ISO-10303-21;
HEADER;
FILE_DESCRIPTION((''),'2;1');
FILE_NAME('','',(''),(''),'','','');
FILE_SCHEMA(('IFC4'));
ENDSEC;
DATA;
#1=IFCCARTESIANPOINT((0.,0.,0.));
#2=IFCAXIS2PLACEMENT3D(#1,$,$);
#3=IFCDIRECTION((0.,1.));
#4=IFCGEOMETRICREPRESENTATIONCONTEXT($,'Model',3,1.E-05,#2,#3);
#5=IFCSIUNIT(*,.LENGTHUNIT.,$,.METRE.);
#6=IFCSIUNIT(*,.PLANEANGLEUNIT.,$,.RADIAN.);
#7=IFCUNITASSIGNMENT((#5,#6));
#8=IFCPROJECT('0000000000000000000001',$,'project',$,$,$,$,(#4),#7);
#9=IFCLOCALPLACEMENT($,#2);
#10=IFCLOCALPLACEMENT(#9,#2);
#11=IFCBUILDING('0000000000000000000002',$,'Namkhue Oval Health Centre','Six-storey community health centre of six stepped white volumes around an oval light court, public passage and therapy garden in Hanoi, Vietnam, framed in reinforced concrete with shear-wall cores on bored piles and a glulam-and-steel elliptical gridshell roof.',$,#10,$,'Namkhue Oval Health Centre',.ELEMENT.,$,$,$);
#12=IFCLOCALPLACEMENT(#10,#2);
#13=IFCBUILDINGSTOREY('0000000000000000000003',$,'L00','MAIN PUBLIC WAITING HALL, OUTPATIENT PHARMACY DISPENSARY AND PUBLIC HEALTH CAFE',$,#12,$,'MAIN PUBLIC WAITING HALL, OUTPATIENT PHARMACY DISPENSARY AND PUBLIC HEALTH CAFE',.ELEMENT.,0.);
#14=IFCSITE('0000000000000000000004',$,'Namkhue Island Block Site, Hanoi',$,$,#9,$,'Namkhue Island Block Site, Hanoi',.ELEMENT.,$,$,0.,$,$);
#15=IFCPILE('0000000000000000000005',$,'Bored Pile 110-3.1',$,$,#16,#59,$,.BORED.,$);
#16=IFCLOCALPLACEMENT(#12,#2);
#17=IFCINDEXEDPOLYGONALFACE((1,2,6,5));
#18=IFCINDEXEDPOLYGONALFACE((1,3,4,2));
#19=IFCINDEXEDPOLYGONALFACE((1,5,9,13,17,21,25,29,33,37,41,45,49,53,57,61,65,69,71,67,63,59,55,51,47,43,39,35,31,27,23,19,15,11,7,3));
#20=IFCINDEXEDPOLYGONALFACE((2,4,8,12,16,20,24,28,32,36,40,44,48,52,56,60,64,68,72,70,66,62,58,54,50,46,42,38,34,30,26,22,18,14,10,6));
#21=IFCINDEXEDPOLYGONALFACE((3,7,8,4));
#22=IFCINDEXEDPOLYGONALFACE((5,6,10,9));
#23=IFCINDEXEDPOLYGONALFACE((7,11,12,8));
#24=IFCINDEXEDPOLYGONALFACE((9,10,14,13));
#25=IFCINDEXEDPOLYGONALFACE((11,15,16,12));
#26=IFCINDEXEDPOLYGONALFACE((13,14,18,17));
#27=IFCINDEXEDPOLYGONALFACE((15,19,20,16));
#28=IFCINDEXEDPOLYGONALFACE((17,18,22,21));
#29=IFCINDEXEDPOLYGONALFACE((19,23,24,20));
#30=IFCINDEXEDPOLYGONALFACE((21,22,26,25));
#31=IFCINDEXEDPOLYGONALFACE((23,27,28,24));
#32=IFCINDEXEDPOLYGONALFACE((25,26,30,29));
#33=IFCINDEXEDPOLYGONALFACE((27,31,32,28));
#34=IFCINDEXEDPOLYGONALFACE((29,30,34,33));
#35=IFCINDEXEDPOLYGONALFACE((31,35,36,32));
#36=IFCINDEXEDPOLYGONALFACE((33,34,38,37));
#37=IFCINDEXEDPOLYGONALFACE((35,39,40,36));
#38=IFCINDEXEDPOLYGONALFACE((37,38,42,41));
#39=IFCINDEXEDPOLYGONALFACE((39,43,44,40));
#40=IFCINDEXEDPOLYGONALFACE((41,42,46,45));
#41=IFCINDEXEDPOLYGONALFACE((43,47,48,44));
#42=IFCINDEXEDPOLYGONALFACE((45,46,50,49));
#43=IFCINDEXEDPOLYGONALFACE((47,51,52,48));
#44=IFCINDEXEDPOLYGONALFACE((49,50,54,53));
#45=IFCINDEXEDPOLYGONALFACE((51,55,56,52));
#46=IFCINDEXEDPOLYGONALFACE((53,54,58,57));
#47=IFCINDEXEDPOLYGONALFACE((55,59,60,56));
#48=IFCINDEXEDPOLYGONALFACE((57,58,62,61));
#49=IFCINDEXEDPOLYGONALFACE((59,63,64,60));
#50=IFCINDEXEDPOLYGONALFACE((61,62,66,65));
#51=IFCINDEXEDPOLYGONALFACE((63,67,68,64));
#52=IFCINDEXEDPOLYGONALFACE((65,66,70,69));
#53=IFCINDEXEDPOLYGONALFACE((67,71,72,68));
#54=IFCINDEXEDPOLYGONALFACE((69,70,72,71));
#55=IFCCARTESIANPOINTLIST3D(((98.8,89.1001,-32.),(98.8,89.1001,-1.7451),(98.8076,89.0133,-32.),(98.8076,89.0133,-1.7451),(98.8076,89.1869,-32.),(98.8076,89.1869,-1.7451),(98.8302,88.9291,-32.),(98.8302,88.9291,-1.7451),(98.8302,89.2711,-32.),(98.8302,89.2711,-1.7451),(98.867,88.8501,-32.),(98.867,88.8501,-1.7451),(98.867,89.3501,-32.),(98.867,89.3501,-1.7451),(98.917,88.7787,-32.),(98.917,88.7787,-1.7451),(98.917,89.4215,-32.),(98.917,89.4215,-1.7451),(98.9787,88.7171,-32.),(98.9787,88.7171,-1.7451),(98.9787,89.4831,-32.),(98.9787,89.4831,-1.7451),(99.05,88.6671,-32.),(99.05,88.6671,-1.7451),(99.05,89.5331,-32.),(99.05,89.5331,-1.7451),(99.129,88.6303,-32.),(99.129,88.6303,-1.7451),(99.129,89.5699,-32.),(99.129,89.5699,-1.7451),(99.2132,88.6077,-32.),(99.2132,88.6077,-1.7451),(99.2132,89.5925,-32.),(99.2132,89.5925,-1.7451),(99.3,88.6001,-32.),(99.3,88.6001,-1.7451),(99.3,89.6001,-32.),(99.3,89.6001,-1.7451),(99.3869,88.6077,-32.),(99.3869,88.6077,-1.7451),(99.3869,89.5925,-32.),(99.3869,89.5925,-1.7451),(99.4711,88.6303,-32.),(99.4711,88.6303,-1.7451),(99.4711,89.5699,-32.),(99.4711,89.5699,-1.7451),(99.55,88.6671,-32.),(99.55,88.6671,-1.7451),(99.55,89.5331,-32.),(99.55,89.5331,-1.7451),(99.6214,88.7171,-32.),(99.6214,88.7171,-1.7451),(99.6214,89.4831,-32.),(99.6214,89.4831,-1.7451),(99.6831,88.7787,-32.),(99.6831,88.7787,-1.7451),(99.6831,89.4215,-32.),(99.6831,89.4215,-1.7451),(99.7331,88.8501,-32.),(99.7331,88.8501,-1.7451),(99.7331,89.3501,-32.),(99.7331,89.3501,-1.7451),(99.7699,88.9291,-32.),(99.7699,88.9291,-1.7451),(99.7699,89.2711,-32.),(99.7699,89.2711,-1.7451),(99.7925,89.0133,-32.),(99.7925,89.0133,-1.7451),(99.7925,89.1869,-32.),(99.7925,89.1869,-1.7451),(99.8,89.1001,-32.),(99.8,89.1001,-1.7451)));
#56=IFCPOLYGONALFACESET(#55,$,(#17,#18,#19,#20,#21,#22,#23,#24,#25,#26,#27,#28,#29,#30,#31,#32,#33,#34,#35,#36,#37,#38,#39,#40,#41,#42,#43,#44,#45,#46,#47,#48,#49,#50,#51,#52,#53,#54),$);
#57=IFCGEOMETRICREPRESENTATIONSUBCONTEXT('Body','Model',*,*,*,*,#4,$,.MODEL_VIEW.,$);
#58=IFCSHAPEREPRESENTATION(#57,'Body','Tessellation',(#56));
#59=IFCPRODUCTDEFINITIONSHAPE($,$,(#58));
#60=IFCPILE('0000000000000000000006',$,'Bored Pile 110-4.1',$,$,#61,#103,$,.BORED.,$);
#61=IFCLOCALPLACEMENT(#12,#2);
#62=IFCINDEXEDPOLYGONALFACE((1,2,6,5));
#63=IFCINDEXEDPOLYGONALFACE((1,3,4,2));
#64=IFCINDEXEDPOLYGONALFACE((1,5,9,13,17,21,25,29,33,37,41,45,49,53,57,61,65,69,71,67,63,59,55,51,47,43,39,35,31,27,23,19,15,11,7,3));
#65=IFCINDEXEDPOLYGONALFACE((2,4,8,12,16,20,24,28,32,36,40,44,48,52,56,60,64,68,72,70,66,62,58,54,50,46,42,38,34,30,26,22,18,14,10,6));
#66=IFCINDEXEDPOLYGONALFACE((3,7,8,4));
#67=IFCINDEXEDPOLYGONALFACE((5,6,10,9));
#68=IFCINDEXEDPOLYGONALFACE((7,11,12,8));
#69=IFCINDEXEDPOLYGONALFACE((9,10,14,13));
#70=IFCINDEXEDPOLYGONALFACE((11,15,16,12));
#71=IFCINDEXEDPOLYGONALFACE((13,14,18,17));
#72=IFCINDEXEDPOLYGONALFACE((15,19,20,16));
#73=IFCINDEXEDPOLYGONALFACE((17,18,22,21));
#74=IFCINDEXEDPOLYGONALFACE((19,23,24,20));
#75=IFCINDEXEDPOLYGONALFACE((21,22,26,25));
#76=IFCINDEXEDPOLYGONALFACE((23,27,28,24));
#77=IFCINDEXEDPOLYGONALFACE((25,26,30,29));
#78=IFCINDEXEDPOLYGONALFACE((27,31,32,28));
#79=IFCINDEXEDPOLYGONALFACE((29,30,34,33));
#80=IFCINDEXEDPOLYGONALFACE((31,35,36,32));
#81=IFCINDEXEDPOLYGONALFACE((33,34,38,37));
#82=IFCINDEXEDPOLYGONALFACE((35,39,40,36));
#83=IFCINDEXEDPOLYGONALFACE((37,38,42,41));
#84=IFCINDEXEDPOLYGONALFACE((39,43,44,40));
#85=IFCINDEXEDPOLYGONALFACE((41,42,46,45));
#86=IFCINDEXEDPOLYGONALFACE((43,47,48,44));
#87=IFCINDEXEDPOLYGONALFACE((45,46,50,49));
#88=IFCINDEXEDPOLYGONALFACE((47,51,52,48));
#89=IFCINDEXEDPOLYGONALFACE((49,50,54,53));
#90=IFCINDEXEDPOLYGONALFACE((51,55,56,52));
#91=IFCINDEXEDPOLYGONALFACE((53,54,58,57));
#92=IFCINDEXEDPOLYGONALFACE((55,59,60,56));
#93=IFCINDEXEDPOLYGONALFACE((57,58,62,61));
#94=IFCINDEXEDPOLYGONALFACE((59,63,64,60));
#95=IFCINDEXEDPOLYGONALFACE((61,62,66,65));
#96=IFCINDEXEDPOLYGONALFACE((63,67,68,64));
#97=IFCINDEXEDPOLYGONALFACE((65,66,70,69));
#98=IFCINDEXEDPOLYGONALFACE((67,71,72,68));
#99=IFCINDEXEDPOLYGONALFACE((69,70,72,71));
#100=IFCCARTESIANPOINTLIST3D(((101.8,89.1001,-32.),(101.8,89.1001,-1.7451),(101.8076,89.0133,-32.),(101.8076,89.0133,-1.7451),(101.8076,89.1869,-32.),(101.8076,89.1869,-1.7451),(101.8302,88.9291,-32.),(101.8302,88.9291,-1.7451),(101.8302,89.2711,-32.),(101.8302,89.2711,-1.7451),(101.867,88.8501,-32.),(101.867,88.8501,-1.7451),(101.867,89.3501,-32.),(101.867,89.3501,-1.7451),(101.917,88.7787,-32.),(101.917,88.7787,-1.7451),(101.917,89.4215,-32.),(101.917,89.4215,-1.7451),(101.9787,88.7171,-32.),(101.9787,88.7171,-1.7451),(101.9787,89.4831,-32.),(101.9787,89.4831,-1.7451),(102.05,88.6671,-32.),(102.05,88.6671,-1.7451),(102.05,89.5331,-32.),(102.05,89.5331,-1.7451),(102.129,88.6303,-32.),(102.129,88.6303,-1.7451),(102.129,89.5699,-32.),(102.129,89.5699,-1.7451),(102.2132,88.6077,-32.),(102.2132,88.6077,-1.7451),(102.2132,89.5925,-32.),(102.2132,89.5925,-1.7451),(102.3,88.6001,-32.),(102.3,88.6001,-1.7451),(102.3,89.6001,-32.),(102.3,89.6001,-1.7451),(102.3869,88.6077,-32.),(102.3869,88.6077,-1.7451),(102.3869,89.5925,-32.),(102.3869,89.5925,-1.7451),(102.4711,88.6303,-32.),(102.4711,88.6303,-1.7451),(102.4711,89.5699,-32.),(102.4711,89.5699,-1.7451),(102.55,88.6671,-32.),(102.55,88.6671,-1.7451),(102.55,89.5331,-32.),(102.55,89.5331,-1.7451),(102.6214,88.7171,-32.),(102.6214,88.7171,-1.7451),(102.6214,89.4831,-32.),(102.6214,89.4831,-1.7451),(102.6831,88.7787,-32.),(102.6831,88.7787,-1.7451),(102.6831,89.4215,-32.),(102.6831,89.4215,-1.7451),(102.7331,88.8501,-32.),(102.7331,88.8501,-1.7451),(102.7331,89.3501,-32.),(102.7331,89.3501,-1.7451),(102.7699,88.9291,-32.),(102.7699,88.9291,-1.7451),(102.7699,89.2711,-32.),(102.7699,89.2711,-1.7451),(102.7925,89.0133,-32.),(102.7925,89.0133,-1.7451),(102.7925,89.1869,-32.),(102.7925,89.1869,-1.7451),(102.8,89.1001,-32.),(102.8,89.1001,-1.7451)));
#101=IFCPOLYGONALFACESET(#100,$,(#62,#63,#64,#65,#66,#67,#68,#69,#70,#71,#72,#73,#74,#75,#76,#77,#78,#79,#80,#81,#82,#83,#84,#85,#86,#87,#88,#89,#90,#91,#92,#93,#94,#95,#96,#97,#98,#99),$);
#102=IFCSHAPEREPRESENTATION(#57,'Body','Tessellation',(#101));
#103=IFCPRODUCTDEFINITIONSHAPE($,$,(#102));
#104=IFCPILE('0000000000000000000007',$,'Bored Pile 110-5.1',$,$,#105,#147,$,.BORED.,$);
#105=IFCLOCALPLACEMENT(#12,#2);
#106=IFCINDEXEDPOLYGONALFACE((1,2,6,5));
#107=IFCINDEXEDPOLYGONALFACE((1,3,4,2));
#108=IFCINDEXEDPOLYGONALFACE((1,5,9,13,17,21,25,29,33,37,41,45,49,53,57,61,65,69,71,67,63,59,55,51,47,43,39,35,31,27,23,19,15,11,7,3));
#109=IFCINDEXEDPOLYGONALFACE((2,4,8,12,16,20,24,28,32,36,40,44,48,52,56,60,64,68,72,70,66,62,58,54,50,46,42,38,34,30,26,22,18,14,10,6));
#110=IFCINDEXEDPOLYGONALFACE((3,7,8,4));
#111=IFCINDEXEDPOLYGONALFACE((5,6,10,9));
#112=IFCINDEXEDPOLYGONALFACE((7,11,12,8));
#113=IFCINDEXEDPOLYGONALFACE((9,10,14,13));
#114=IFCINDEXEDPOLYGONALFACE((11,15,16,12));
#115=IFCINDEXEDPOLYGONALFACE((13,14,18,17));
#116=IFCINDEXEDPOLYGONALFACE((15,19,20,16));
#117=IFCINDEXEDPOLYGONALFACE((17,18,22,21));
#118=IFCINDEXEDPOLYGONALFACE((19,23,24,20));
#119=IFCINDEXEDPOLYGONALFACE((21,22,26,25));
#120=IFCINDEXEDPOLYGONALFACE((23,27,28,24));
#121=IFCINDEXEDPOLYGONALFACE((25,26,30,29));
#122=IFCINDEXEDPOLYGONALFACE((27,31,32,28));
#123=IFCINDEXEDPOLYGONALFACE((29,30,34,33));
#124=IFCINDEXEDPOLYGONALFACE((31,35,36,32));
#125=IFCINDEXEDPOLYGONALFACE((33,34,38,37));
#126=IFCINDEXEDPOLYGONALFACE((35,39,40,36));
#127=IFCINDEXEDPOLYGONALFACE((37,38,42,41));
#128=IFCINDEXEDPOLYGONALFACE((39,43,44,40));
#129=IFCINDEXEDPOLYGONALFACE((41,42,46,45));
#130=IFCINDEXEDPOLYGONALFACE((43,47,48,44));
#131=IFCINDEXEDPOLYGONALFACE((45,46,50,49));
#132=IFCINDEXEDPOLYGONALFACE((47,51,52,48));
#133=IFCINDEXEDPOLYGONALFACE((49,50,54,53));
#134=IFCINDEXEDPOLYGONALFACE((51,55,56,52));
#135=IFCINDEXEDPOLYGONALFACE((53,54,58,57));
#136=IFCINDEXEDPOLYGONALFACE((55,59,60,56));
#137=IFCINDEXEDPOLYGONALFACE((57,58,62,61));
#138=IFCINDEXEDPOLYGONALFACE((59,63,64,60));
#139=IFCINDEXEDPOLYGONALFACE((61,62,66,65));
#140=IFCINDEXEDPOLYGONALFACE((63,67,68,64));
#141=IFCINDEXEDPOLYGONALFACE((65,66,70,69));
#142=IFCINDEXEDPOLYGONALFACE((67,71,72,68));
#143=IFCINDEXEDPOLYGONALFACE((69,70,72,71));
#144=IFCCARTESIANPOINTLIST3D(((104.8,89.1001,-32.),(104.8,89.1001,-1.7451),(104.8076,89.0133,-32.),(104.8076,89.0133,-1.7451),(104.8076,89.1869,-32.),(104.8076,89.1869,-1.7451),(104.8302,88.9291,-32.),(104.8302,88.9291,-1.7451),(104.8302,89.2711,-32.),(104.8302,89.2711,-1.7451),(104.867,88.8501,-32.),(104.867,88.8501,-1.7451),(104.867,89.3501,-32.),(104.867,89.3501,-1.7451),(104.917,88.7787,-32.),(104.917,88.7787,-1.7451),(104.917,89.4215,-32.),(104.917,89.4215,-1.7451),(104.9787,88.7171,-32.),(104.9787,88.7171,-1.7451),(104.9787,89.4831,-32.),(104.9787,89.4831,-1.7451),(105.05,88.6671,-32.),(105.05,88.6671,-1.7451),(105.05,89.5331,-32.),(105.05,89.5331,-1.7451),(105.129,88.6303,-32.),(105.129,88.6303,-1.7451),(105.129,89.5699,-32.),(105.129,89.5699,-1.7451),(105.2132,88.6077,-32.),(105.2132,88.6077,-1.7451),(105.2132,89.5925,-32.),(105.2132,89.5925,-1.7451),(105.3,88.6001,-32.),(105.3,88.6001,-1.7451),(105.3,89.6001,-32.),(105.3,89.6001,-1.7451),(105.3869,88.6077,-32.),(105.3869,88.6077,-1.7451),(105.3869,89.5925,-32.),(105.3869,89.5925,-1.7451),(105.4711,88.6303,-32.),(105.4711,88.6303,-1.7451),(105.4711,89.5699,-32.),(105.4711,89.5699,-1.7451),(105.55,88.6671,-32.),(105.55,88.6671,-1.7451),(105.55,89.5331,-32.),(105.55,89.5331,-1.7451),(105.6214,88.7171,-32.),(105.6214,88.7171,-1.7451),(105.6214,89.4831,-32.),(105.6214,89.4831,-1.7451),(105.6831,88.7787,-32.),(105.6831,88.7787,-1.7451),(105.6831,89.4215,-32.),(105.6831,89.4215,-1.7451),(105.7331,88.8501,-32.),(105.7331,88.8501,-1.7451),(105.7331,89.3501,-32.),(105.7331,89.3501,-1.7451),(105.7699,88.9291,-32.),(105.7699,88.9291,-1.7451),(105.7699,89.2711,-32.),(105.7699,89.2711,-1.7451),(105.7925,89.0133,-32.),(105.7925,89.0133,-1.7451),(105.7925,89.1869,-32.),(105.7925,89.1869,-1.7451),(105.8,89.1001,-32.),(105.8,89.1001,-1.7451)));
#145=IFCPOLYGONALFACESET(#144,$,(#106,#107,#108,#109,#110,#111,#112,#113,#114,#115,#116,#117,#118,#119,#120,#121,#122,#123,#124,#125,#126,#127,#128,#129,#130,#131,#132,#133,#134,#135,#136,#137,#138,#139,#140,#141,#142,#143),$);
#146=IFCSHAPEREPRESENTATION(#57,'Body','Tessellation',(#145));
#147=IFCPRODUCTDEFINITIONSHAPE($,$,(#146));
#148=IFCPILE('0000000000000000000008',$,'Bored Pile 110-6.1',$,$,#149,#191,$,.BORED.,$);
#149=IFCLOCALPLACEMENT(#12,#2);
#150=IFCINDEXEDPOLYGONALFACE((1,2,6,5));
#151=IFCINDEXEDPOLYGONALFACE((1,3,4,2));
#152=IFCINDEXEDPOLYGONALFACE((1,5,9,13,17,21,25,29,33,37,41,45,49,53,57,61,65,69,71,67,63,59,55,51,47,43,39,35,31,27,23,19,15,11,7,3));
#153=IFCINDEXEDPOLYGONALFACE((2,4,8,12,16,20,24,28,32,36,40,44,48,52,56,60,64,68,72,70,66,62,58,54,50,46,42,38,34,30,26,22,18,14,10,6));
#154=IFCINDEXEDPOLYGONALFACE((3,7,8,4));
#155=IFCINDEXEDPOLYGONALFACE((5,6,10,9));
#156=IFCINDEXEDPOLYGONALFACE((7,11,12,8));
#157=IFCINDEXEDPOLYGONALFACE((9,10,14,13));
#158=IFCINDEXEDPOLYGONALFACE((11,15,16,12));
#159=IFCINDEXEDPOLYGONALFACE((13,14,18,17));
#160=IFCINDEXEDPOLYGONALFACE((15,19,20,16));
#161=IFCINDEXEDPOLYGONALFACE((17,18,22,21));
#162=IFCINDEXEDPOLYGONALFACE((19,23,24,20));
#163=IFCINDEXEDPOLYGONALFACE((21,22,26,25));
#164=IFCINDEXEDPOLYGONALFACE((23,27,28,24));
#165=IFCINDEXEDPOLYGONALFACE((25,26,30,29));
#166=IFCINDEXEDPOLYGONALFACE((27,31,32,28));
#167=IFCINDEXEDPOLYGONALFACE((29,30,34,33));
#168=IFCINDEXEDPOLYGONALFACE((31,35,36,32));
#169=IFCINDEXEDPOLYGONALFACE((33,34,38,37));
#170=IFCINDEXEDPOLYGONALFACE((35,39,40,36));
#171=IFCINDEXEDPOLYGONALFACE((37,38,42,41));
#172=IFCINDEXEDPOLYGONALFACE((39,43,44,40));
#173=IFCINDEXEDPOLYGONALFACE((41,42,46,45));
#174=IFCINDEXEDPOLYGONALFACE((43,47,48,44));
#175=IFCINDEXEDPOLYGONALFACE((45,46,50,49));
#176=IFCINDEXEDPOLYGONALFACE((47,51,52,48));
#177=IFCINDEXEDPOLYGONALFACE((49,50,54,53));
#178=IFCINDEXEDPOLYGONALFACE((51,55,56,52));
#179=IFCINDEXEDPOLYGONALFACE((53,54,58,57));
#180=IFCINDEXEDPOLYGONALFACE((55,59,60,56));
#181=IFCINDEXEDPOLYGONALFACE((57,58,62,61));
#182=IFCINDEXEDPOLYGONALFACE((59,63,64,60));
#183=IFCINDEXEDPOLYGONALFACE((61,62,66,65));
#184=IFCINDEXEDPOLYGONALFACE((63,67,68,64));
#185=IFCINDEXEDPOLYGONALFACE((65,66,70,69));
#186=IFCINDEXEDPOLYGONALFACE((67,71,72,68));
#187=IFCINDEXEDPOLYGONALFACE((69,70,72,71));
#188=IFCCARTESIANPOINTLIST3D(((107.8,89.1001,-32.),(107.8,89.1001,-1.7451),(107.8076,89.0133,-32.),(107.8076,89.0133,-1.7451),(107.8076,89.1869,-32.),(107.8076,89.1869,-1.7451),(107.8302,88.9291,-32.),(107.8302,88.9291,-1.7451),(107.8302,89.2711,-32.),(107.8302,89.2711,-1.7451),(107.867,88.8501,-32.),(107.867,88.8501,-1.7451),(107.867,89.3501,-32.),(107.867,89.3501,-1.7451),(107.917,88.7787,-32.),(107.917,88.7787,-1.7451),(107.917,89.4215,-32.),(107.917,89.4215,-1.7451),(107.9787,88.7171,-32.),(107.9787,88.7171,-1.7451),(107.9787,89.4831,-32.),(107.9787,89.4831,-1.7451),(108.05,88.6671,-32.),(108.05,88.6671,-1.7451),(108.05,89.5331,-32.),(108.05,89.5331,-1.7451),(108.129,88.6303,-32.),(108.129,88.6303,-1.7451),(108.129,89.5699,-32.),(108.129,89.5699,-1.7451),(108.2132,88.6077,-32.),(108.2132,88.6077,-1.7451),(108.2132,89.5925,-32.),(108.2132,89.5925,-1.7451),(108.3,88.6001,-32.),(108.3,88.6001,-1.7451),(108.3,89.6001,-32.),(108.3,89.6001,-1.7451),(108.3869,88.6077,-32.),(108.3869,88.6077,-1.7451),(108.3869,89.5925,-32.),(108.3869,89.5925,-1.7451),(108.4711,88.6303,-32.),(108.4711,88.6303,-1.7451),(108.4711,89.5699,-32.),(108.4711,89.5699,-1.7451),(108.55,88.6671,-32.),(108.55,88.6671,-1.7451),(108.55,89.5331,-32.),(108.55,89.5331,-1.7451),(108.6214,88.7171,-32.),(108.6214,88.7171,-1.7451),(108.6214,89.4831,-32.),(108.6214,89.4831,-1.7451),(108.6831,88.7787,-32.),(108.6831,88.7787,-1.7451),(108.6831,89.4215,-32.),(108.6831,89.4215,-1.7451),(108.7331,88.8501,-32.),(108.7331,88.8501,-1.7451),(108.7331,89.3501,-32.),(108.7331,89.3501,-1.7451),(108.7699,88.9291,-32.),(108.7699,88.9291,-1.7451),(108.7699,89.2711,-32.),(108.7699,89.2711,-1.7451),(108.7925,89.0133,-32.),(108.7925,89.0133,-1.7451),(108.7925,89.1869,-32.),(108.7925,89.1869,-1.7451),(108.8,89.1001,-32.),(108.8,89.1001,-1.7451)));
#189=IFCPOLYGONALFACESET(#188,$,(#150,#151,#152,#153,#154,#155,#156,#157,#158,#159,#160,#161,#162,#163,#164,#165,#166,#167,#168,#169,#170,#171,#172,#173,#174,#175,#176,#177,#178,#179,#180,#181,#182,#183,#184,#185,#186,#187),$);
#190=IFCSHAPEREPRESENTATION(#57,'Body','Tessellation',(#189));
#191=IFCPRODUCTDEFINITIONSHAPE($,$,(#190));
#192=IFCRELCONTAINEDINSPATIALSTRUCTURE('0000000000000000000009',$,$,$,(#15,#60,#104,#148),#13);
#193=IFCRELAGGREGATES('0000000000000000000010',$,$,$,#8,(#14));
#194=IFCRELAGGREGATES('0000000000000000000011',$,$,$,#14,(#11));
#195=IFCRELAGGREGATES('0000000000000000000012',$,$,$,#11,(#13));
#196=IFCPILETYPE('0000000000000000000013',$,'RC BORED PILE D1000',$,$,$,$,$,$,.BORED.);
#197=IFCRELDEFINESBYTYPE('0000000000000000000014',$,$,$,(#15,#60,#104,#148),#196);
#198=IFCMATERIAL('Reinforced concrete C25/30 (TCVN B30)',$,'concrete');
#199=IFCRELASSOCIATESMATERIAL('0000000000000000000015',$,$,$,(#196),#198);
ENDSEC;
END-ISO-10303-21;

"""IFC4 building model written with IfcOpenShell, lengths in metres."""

from ifc_helpers import new_model, si_unit, direction, frame, origin, origin_2d, place, context, subcontext, project, spatial, circle, extrude, material, material_profile, profile_set, type_object, element, save


model = new_model("IFC4")

# Units and contexts
model_context = context("Model", 3, precision=1e-05, world=origin(), true_north=direction((0.0, 1.0)))
body_context = subcontext(model_context, "Body", "Model", "MODEL_VIEW")
ifc_project = project(units=[si_unit("LENGTHUNIT", "METRE"), si_unit("PLANEANGLEUNIT", "RADIAN")], contexts=[model_context])

# Site, building, storey
site_placement = place(None, origin())
site = spatial("IfcSite", under=ifc_project, at=site_placement, Name="Namkhue Island Block Site, Hanoi", LongName="Namkhue Island Block Site, Hanoi", CompositionType="ELEMENT", RefElevation=0.0)
building_placement = place(site_placement, origin())
building = spatial("IfcBuilding", under=site, at=building_placement, Name="Namkhue Oval Health Centre", Description="Six-storey community health centre of six stepped white volumes around an oval light court, public passage and therapy garden in Hanoi, Vietnam, framed in reinforced concrete with shear-wall cores on bored piles and a glulam-and-steel elliptical gridshell roof.", LongName="Namkhue Oval Health Centre", CompositionType="ELEMENT")
storey_placement = place(building_placement, origin())
storey = spatial("IfcBuildingStorey", under=building, at=storey_placement, Name="L00", Description="MAIN PUBLIC WAITING HALL, OUTPATIENT PHARMACY DISPENSARY AND PUBLIC HEALTH CAFE", LongName="MAIN PUBLIC WAITING HALL, OUTPATIENT PHARMACY DISPENSARY AND PUBLIC HEALTH CAFE", CompositionType="ELEMENT", Elevation=0.0)

# Piles
ifc_material_1 = material(Name="Reinforced concrete C25/30 (TCVN B30)", Category="concrete")
ifc_material_profile_1 = material_profile(ifc_material_1, circle(Radius=0.5, at=origin_2d()), Name="BORED PILE D1000")
ifc_profile_set_1 = profile_set([ifc_material_profile_1], Name="Reinforced concrete C25/30 (TCVN B30)")
pile_type_1 = type_object("IfcPileType", Name="RC BORED PILE D1000", PredefinedType="BORED", material=ifc_profile_set_1)
for number, where, z_axis, x_axis, name in (
    (1, (99.3, 89.1001, -1.7451), (0.0, 0.0, -1.0), (1.0, 0.0, 0.0), "Bored Pile 110-3.1"),
    (2, (102.3, 89.1001, -1.7451), (0.0, 0.0, -1.0), (1.0, 0.0, 0.0), "Bored Pile 110-4.1"),
    (3, (105.3, 89.1001, -1.7451), (0.0, 0.0, -1.0), (1.0, 0.0, 0.0), "Bored Pile 110-5.1"),
    (4, (108.3, 89.1001, -1.7451), (0.0, 0.0, -1.0), (1.0, 0.0, 0.0), "Bored Pile 110-6.1"),
):
    element("IfcPile", number, at=place(storey_placement, frame(where, z_axis=z_axis, x_axis=x_axis)), inside=storey, type_object=pile_type_1, Name=name, PredefinedType="BORED", context=body_context, shape_type="SweptSolid", body=[
        extrude(circle(Radius=0.5, at=origin_2d()), origin(), (0.0, 0.0, 1.0), 30.2549),
    ])

save(model, "model.ifc")
